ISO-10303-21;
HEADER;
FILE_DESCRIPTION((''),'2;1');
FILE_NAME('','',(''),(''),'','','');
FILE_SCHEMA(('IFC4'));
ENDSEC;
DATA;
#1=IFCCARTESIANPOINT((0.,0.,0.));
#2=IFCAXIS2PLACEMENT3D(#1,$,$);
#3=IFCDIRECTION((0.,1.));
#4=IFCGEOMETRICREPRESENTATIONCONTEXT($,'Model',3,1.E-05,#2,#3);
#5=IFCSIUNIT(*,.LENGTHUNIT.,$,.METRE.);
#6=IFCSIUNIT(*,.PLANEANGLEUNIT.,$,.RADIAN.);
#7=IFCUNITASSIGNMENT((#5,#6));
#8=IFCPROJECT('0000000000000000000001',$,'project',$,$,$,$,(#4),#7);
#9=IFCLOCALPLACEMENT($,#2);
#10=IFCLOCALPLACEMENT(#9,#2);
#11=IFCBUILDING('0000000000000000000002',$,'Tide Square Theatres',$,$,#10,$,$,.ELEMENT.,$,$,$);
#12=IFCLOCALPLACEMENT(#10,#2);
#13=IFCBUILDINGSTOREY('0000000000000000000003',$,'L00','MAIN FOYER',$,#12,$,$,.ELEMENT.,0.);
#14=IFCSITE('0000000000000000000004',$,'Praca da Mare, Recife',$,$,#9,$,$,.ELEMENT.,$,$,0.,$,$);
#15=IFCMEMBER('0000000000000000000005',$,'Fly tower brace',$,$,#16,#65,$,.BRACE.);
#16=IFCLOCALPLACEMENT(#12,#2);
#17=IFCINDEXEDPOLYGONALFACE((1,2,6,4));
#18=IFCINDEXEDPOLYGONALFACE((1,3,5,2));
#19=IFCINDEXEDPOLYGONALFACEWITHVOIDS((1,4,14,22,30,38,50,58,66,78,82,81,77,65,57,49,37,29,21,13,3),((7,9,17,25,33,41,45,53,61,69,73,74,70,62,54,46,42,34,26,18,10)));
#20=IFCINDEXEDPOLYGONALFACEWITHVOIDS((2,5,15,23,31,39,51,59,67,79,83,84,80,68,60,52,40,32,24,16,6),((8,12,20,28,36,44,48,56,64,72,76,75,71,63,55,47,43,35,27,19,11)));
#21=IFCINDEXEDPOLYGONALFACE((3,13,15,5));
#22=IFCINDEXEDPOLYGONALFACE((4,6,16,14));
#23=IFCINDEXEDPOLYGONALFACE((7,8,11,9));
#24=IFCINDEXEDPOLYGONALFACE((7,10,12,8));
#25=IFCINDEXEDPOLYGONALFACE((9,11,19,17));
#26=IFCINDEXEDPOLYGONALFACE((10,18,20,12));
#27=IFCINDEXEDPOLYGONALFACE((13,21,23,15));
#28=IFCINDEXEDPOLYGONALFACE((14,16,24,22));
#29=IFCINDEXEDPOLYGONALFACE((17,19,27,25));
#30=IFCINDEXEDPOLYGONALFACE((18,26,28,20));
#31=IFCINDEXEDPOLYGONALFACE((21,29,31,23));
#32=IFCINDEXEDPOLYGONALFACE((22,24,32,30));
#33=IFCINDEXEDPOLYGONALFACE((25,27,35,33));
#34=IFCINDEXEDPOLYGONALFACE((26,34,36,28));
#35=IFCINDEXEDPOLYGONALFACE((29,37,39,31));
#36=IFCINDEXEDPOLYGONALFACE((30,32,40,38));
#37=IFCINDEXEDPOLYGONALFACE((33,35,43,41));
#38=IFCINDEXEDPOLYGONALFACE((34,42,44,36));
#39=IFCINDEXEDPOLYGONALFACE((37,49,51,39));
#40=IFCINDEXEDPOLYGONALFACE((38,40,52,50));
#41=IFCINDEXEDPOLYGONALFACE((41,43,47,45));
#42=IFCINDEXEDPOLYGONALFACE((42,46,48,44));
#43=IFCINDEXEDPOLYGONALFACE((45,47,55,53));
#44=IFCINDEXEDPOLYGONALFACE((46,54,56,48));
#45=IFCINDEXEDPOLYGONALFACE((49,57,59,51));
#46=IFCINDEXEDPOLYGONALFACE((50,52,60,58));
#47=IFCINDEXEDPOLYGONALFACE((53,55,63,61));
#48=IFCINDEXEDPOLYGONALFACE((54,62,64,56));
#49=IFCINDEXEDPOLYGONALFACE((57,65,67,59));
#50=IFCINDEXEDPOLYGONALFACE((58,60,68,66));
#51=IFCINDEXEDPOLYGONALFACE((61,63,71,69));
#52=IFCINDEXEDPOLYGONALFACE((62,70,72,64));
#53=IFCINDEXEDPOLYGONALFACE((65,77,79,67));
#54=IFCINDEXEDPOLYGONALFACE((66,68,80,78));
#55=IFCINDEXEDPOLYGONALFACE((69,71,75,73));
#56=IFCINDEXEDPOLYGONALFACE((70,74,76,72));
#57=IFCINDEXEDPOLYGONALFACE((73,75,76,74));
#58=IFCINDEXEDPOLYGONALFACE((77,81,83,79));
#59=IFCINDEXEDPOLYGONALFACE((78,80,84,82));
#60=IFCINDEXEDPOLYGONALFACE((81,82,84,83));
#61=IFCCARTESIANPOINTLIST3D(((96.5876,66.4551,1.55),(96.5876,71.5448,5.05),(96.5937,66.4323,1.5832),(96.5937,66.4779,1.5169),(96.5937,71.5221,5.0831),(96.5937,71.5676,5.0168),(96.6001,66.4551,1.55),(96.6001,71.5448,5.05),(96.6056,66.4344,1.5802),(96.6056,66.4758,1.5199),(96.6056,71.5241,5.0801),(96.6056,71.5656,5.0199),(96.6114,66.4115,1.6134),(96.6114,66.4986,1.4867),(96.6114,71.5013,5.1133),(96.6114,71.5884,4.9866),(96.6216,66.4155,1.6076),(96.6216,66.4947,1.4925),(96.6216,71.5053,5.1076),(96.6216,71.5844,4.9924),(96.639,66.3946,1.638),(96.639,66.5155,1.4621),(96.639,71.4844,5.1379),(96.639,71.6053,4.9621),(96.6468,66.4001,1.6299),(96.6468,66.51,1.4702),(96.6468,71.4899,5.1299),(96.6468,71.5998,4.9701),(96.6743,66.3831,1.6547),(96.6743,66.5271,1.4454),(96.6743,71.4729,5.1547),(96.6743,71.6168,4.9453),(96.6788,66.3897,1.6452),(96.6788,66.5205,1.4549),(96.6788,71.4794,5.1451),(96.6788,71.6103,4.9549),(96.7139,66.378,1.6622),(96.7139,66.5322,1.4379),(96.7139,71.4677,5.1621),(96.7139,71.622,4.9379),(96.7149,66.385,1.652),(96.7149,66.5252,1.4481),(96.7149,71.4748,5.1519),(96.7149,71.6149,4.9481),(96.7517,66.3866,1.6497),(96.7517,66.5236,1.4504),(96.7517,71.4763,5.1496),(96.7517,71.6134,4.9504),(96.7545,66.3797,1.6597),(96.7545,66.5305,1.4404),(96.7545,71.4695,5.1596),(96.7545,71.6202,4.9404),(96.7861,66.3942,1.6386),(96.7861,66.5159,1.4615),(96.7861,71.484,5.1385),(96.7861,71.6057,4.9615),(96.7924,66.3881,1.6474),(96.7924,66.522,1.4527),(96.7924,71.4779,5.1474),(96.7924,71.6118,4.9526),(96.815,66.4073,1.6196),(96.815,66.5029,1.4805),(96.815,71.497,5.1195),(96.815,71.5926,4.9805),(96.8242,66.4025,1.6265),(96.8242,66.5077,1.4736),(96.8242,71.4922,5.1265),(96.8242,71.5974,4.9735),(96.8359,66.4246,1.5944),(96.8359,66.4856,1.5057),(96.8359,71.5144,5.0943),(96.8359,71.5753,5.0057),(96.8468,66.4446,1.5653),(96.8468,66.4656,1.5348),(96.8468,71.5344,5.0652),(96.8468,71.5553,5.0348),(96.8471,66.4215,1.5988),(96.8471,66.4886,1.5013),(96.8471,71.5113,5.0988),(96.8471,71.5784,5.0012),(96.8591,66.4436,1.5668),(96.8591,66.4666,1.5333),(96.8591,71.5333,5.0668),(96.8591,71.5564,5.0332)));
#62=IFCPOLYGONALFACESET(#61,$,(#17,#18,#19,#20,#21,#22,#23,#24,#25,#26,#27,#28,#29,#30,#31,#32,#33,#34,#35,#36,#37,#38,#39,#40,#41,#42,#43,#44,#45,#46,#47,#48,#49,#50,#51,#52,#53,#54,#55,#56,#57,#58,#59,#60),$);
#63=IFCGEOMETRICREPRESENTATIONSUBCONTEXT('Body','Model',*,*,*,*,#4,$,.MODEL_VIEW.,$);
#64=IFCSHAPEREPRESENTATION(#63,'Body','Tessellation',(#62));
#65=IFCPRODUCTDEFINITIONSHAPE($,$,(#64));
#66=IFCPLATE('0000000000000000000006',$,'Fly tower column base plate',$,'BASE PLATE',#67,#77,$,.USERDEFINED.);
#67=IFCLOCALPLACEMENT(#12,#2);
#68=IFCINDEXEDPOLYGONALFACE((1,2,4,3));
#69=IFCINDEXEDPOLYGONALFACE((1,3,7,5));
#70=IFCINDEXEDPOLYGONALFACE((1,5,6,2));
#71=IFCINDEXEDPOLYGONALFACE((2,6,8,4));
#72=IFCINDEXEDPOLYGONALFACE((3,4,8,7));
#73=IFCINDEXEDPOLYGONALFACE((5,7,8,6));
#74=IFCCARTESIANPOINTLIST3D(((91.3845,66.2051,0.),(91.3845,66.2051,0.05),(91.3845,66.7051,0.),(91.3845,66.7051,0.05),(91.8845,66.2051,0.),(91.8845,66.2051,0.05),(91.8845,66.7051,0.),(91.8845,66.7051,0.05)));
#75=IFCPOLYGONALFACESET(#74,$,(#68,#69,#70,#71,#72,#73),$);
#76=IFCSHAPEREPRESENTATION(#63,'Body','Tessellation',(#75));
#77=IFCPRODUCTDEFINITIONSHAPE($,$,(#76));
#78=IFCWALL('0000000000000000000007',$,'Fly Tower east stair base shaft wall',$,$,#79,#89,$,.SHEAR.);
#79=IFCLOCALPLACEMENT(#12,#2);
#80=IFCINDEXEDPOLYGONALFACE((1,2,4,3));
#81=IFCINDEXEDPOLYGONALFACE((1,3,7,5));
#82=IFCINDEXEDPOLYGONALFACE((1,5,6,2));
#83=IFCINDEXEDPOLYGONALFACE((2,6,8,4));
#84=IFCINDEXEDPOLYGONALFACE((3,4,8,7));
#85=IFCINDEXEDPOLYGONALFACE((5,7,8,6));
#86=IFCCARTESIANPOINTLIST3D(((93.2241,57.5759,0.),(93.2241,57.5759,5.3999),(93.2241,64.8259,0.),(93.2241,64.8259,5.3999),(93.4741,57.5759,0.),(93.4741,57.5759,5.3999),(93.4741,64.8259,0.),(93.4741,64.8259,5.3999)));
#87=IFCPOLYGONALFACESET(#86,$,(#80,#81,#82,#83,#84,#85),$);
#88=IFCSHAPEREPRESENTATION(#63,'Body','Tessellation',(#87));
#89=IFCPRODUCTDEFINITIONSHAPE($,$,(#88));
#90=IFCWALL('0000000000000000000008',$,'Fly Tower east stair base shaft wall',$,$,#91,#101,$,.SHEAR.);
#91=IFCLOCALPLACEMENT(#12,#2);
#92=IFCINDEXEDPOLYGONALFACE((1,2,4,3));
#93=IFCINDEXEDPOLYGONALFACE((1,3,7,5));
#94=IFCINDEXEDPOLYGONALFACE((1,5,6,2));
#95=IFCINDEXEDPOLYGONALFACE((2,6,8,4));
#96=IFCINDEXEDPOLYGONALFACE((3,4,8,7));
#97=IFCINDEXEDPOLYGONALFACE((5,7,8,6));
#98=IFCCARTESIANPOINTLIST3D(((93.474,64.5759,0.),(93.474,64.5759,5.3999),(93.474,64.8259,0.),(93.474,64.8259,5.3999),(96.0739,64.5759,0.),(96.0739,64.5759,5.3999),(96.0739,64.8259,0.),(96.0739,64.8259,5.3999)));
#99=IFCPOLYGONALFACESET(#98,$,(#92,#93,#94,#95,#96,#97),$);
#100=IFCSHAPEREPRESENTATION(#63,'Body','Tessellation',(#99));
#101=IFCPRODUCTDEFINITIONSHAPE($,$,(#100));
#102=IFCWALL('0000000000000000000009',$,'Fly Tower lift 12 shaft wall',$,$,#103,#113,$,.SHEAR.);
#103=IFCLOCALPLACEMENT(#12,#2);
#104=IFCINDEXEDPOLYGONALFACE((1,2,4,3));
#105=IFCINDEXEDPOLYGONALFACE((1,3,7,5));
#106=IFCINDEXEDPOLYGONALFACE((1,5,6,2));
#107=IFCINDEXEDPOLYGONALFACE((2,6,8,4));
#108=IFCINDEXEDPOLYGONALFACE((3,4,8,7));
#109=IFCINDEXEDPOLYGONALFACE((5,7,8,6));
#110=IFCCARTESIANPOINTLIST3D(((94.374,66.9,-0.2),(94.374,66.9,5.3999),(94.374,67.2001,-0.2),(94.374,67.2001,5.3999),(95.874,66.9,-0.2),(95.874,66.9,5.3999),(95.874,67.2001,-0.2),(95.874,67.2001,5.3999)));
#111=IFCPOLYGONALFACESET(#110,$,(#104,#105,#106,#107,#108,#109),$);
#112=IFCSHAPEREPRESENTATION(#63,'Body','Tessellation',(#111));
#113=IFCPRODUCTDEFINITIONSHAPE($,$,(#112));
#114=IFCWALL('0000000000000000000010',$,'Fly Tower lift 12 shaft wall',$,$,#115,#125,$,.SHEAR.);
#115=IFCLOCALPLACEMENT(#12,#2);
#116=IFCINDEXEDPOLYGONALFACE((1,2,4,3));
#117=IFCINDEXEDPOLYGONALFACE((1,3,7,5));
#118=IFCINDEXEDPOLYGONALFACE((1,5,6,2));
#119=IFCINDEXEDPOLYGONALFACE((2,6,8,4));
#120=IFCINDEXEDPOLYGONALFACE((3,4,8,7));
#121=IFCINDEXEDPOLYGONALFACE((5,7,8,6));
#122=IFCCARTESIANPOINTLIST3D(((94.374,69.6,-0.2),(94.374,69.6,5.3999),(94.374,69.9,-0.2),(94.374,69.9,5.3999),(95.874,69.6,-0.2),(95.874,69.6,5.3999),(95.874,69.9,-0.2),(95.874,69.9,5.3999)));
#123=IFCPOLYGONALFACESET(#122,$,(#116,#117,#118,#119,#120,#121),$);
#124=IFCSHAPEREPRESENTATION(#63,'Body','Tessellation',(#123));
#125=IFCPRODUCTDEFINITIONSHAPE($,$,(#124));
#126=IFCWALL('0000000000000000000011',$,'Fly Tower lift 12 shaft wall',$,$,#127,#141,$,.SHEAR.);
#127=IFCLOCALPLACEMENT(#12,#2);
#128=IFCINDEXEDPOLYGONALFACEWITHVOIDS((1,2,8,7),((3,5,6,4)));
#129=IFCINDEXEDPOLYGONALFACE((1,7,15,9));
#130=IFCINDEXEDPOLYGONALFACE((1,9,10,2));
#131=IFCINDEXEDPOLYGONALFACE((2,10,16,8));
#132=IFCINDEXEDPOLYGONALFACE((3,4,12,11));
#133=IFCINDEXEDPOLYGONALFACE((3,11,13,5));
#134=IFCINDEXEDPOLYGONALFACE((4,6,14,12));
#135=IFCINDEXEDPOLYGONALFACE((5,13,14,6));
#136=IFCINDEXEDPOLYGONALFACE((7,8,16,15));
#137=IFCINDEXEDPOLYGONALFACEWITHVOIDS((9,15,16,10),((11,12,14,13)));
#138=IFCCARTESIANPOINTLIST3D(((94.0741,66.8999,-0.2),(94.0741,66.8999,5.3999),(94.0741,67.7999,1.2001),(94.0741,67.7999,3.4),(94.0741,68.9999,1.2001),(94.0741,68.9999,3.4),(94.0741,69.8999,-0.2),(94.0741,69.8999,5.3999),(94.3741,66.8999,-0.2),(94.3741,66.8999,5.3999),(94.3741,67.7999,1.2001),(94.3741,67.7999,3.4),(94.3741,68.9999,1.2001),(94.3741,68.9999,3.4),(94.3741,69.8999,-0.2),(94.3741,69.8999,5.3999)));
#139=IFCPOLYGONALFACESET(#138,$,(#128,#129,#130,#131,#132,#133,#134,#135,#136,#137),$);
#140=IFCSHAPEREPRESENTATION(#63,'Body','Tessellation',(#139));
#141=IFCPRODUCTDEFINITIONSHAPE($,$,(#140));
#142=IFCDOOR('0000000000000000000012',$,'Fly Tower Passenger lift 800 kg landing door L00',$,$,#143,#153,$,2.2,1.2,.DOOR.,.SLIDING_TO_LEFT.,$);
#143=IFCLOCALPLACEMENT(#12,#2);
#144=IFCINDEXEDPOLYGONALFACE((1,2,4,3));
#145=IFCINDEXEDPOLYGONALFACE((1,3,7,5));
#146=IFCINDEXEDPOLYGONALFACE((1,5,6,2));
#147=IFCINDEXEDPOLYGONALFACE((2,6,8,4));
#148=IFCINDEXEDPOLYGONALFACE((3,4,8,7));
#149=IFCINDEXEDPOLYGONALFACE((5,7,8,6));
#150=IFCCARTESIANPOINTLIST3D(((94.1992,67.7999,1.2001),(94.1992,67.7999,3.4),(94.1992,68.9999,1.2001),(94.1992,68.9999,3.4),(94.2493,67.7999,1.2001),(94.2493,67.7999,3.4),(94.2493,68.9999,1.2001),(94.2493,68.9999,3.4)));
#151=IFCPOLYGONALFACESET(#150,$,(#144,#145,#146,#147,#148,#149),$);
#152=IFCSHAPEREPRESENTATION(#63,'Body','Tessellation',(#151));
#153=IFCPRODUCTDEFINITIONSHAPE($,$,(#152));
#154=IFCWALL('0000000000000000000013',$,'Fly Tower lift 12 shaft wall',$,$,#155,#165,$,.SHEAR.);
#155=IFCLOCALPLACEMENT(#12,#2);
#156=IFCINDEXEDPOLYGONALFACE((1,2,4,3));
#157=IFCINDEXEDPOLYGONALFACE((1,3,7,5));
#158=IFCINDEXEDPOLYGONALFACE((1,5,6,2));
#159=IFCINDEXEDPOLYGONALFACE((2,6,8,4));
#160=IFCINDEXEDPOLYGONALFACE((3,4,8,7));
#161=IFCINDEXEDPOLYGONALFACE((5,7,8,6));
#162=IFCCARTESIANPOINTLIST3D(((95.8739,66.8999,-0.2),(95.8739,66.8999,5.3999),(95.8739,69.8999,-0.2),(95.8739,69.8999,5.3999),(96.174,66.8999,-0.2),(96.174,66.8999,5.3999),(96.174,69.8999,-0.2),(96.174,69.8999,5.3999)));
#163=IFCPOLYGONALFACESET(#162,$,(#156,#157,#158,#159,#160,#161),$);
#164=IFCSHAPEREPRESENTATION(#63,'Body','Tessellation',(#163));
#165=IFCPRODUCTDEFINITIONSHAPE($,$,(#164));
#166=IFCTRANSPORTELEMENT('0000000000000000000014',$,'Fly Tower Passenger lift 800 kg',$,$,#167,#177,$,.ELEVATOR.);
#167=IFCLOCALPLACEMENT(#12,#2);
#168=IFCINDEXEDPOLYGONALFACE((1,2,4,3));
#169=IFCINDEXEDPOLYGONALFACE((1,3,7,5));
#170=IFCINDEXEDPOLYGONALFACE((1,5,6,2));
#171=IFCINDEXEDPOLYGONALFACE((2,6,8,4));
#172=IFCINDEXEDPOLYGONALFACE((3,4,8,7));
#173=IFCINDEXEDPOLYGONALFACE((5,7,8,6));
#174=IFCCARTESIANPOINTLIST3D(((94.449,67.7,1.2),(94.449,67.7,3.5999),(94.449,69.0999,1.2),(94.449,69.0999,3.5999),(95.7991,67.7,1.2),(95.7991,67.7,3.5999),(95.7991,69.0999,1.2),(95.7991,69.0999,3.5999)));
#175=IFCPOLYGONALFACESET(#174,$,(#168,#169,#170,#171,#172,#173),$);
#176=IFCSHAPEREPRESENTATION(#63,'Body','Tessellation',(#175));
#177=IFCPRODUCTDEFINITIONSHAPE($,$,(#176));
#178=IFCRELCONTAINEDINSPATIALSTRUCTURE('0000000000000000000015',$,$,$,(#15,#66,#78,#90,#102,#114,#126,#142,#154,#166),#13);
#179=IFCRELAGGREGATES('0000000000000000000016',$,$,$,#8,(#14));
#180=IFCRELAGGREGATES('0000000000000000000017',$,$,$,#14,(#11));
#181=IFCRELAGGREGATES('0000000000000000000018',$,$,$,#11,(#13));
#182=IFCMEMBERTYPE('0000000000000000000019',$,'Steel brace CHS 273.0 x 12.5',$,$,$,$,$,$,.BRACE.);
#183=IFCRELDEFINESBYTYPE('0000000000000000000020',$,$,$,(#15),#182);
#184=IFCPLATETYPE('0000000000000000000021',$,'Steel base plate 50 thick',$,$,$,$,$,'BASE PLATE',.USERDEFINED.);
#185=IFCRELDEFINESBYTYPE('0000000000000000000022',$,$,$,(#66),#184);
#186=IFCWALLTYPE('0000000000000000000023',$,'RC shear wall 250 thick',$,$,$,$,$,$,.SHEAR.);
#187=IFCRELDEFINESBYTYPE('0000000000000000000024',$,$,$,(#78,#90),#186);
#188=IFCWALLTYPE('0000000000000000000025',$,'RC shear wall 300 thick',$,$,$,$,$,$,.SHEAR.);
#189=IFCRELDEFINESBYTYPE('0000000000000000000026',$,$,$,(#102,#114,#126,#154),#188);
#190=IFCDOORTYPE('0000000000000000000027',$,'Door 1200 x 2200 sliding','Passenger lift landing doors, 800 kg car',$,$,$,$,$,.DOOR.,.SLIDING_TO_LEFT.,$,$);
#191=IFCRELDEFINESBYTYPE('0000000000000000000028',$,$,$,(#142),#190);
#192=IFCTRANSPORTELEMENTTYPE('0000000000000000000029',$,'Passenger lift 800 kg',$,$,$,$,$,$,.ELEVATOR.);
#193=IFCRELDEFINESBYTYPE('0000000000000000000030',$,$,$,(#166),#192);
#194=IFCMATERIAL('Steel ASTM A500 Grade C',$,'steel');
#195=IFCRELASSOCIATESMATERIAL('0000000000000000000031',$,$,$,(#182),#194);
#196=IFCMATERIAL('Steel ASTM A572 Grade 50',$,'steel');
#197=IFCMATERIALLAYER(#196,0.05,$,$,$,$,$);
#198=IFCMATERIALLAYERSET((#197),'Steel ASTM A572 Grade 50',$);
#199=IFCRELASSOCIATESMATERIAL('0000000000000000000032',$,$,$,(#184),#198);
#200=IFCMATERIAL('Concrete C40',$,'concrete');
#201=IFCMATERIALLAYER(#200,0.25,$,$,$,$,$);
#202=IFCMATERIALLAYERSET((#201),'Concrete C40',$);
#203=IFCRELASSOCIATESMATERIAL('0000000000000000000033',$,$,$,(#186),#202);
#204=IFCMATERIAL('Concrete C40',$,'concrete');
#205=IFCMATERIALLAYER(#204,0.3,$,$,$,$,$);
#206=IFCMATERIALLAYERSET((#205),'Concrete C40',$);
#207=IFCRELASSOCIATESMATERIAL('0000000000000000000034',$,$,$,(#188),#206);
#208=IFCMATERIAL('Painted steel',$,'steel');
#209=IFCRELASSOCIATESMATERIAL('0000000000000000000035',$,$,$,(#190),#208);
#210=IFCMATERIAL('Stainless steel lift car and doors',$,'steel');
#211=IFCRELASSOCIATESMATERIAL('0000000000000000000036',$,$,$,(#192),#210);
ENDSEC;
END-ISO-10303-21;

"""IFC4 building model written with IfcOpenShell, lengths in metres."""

from ifc_helpers import new_model, si_unit, direction, frame, frame_2d, origin, origin_2d, place, context, subcontext, project, spatial, rectangle, hollow_circle, extrude, material, layer, layer_set, material_profile, profile_set, type_object, element, fill, save


model = new_model("IFC4")

# Units and contexts
model_context = context("Model", 3, precision=1e-05, world=origin(), true_north=direction((0.0, 1.0)))
body_context = subcontext(model_context, "Body", "Model", "MODEL_VIEW")
ifc_project = project(units=[si_unit("LENGTHUNIT", "METRE"), si_unit("PLANEANGLEUNIT", "RADIAN")], contexts=[model_context])

# Site, building, storey
site_placement = place(None, origin())
site = spatial("IfcSite", under=ifc_project, at=site_placement, Name="Praca da Mare, Recife", CompositionType="ELEMENT", RefElevation=0.0)
building_placement = place(site_placement, origin())
building = spatial("IfcBuilding", under=site, at=building_placement, Name="Tide Square Theatres", CompositionType="ELEMENT")
storey_placement = place(building_placement, origin())
storey = spatial("IfcBuildingStorey", under=building, at=storey_placement, Name="L00", Description="MAIN FOYER", CompositionType="ELEMENT", Elevation=0.0)

# Member
ifc_material_1 = material(Name="Steel ASTM A500 Grade C", Category="steel")
ifc_material_profile_1 = material_profile(ifc_material_1, hollow_circle(Radius=0.1365, WallThickness=0.0125, at=origin_2d()))
ifc_profile_set_1 = profile_set([ifc_material_profile_1], Name="Steel ASTM A500 Grade C")
member_type = type_object("IfcMemberType", Name="Steel brace CHS 273.0 x 12.5", PredefinedType="BRACE", material=ifc_profile_set_1)
member_1_placement = place(storey_placement, frame((96.7241, 66.4551, 1.55), z_axis=(0.0, 0.823987, 0.566609), x_axis=(-1.0, 0.0, 0.0)))
element("IfcMember", 1, at=member_1_placement, inside=storey, type_object=member_type, Name="Fly tower brace", PredefinedType="BRACE", context=body_context, shape_type="SweptSolid", body=[
    extrude(hollow_circle(Radius=0.1365, WallThickness=0.0125, at=origin_2d()), origin(), (0.0, 0.0, 1.0), 6.177),
])

# Plate
ifc_material_2 = material(Name="Steel ASTM A572 Grade 50", Category="steel")
ifc_layer_1 = layer(ifc_material_2, 0.05)
ifc_layer_set_1 = layer_set([ifc_layer_1], Name="Steel ASTM A572 Grade 50")
plate_type = type_object("IfcPlateType", Name="Steel base plate 50 thick", ElementType="BASE PLATE", PredefinedType="USERDEFINED", material=ifc_layer_set_1)
plate_placement = place(storey_placement, frame((91.6345, 66.4551, 0.0), z_axis=(0.0, 0.0, 1.0), x_axis=(1.0, 0.0, 0.0)))
element("IfcPlate", 2, at=plate_placement, inside=storey, type_object=plate_type, Name="Fly tower column base plate", ObjectType="BASE PLATE", PredefinedType="USERDEFINED", context=body_context, shape_type="SweptSolid", body=[
    extrude(rectangle(XDim=0.5, YDim=0.5, at=origin_2d()), origin(), (0.0, 0.0, 1.0), 0.05),
])

# Walls
ifc_material_3 = material(Name="Concrete C40", Category="concrete")
ifc_layer_2 = layer(ifc_material_3, 0.25)
ifc_layer_set_2 = layer_set([ifc_layer_2], Name="Concrete C40")
wall_type_1 = type_object("IfcWallType", Name="RC shear wall 250 thick", PredefinedType="SHEAR", material=ifc_layer_set_2)
wall_1_placement = place(storey_placement, frame((93.3491, 64.8259, 0.0), z_axis=(0.0, 0.0, 1.0), x_axis=(0.0, -1.0, 0.0)))
element("IfcWall", 3, at=wall_1_placement, inside=storey, type_object=wall_type_1, Name="Fly Tower east stair base shaft wall", PredefinedType="SHEAR", context=body_context, shape_type="SweptSolid", body=[
    extrude(rectangle(XDim=7.25, YDim=0.25, at=frame_2d((3.625, 0.0))), origin(), (0.0, 0.0, 1.0), 5.3999),
])
wall_2_placement = place(storey_placement, frame((93.4741, 64.7009, 0.0), z_axis=(0.0, 0.0, 1.0), x_axis=(1.0, 0.0, 0.0)))
element("IfcWall", 4, at=wall_2_placement, inside=storey, type_object=wall_type_1, Name="Fly Tower east stair base shaft wall", PredefinedType="SHEAR", context=body_context, shape_type="SweptSolid", body=[
    extrude(rectangle(XDim=2.5999, YDim=0.25, at=frame_2d((1.2998, 0.0))), origin(), (0.0, 0.0, 1.0), 5.3999),
])
ifc_material_4 = material(Name="Concrete C40", Category="concrete")
ifc_layer_3 = layer(ifc_material_4, 0.3)
ifc_layer_set_3 = layer_set([ifc_layer_3], Name="Concrete C40")
wall_type_2 = type_object("IfcWallType", Name="RC shear wall 300 thick", PredefinedType="SHEAR", material=ifc_layer_set_3)
for number, where, z_axis, x_axis, name in (
    (5, (94.374, 67.05, -0.2), (0.0, 0.0, 1.0), (1.0, 0.0, 0.0), "Fly Tower lift 12 shaft wall"),
    (6, (95.874, 69.75, -0.2), (0.0, 0.0, 1.0), (-1.0, 0.0, 0.0), "Fly Tower lift 12 shaft wall"),
):
    element("IfcWall", number, at=place(storey_placement, frame(where, z_axis=z_axis, x_axis=x_axis)), inside=storey, type_object=wall_type_2, Name=name, PredefinedType="SHEAR", context=body_context, shape_type="SweptSolid", body=[
        extrude(rectangle(XDim=1.5, YDim=0.3, at=frame_2d((0.75, 0.0))), origin(), (0.0, 0.0, 1.0), 5.5999),
    ])

# Wall, opening, door
wall_3_placement = place(storey_placement, frame((94.2241, 66.8999, -0.2), z_axis=(0.0, 0.0, 1.0), x_axis=(0.0, 1.0, 0.0)))
wall_3 = element("IfcWall", 7, at=wall_3_placement, inside=storey, type_object=wall_type_2, Name="Fly Tower lift 12 shaft wall", PredefinedType="SHEAR", context=body_context, shape_type="SweptSolid", body=[
    extrude(rectangle(XDim=3.0, YDim=0.3, at=frame_2d((1.5, 0.0))), origin(), (0.0, 0.0, 1.0), 5.5999),
])
opening_placement = place(wall_3_placement, frame((0.8999, 0.0, 1.3999)))
opening = element("IfcOpeningElement", 8, at=opening_placement, cuts=wall_3, PredefinedType="OPENING", context=body_context, shape_type="SweptSolid", body=[
    extrude(rectangle(XDim=1.2, YDim=2.2, at=frame_2d((0.6001, 1.1001))), frame((0.0, 0.1599, 0.0), z_axis=(0.0, -1.0, 0.0), x_axis=(1.0, 0.0, 0.0)), (0.0, 0.0, 1.0), 0.3201),
])
ifc_material_5 = material(Name="Painted steel", Category="steel")
door_type = type_object("IfcDoorType", Name="Door 1200 x 2200 sliding", Description="Passenger lift landing doors, 800 kg car", OperationType="SLIDING_TO_LEFT", PredefinedType="DOOR", material=ifc_material_5)
door_placement = place(opening_placement, origin())
door = element("IfcDoor", 9, at=door_placement, inside=storey, type_object=door_type, Name="Fly Tower Passenger lift 800 kg landing door L00", OperationType="SLIDING_TO_LEFT", OverallHeight=2.2, OverallWidth=1.2, PredefinedType="DOOR", context=body_context, shape_type="SweptSolid", body=[
    extrude(rectangle(XDim=1.2, YDim=2.2, at=frame_2d((0.6001, 1.1001))), frame((0.0, 0.0249, 0.0), z_axis=(0.0, -1.0, 0.0), x_axis=(1.0, 0.0, 0.0)), (0.0, 0.0, 1.0), 0.05),
])
fill(opening, door)

# Wall
wall_4_placement = place(storey_placement, frame((96.0239, 66.8999, -0.2), z_axis=(0.0, 0.0, 1.0), x_axis=(0.0, 1.0, 0.0)))
element("IfcWall", 10, at=wall_4_placement, inside=storey, type_object=wall_type_2, Name="Fly Tower lift 12 shaft wall", PredefinedType="SHEAR", context=body_context, shape_type="SweptSolid", body=[
    extrude(rectangle(XDim=3.0, YDim=0.3, at=frame_2d((1.5, 0.0))), origin(), (0.0, 0.0, 1.0), 5.5999),
])

# Transport element
ifc_material_6 = material(Name="Stainless steel lift car and doors", Category="steel")
transport_element_type = type_object("IfcTransportElementType", Name="Passenger lift 800 kg", PredefinedType="ELEVATOR", material=ifc_material_6)
transport_element_placement = place(storey_placement, frame((95.124, 68.3999, 1.2), z_axis=(0.0, 0.0, 1.0), x_axis=(1.0, 0.0, 0.0)))
element("IfcTransportElement", 11, at=transport_element_placement, inside=storey, type_object=transport_element_type, Name="Fly Tower Passenger lift 800 kg", PredefinedType="ELEVATOR", context=body_context, shape_type="SweptSolid", body=[
    extrude(rectangle(XDim=1.3501, YDim=1.3999, at=origin_2d()), origin(), (0.0, 0.0, 1.0), 2.3999),
])

save(model, "model.ifc")
